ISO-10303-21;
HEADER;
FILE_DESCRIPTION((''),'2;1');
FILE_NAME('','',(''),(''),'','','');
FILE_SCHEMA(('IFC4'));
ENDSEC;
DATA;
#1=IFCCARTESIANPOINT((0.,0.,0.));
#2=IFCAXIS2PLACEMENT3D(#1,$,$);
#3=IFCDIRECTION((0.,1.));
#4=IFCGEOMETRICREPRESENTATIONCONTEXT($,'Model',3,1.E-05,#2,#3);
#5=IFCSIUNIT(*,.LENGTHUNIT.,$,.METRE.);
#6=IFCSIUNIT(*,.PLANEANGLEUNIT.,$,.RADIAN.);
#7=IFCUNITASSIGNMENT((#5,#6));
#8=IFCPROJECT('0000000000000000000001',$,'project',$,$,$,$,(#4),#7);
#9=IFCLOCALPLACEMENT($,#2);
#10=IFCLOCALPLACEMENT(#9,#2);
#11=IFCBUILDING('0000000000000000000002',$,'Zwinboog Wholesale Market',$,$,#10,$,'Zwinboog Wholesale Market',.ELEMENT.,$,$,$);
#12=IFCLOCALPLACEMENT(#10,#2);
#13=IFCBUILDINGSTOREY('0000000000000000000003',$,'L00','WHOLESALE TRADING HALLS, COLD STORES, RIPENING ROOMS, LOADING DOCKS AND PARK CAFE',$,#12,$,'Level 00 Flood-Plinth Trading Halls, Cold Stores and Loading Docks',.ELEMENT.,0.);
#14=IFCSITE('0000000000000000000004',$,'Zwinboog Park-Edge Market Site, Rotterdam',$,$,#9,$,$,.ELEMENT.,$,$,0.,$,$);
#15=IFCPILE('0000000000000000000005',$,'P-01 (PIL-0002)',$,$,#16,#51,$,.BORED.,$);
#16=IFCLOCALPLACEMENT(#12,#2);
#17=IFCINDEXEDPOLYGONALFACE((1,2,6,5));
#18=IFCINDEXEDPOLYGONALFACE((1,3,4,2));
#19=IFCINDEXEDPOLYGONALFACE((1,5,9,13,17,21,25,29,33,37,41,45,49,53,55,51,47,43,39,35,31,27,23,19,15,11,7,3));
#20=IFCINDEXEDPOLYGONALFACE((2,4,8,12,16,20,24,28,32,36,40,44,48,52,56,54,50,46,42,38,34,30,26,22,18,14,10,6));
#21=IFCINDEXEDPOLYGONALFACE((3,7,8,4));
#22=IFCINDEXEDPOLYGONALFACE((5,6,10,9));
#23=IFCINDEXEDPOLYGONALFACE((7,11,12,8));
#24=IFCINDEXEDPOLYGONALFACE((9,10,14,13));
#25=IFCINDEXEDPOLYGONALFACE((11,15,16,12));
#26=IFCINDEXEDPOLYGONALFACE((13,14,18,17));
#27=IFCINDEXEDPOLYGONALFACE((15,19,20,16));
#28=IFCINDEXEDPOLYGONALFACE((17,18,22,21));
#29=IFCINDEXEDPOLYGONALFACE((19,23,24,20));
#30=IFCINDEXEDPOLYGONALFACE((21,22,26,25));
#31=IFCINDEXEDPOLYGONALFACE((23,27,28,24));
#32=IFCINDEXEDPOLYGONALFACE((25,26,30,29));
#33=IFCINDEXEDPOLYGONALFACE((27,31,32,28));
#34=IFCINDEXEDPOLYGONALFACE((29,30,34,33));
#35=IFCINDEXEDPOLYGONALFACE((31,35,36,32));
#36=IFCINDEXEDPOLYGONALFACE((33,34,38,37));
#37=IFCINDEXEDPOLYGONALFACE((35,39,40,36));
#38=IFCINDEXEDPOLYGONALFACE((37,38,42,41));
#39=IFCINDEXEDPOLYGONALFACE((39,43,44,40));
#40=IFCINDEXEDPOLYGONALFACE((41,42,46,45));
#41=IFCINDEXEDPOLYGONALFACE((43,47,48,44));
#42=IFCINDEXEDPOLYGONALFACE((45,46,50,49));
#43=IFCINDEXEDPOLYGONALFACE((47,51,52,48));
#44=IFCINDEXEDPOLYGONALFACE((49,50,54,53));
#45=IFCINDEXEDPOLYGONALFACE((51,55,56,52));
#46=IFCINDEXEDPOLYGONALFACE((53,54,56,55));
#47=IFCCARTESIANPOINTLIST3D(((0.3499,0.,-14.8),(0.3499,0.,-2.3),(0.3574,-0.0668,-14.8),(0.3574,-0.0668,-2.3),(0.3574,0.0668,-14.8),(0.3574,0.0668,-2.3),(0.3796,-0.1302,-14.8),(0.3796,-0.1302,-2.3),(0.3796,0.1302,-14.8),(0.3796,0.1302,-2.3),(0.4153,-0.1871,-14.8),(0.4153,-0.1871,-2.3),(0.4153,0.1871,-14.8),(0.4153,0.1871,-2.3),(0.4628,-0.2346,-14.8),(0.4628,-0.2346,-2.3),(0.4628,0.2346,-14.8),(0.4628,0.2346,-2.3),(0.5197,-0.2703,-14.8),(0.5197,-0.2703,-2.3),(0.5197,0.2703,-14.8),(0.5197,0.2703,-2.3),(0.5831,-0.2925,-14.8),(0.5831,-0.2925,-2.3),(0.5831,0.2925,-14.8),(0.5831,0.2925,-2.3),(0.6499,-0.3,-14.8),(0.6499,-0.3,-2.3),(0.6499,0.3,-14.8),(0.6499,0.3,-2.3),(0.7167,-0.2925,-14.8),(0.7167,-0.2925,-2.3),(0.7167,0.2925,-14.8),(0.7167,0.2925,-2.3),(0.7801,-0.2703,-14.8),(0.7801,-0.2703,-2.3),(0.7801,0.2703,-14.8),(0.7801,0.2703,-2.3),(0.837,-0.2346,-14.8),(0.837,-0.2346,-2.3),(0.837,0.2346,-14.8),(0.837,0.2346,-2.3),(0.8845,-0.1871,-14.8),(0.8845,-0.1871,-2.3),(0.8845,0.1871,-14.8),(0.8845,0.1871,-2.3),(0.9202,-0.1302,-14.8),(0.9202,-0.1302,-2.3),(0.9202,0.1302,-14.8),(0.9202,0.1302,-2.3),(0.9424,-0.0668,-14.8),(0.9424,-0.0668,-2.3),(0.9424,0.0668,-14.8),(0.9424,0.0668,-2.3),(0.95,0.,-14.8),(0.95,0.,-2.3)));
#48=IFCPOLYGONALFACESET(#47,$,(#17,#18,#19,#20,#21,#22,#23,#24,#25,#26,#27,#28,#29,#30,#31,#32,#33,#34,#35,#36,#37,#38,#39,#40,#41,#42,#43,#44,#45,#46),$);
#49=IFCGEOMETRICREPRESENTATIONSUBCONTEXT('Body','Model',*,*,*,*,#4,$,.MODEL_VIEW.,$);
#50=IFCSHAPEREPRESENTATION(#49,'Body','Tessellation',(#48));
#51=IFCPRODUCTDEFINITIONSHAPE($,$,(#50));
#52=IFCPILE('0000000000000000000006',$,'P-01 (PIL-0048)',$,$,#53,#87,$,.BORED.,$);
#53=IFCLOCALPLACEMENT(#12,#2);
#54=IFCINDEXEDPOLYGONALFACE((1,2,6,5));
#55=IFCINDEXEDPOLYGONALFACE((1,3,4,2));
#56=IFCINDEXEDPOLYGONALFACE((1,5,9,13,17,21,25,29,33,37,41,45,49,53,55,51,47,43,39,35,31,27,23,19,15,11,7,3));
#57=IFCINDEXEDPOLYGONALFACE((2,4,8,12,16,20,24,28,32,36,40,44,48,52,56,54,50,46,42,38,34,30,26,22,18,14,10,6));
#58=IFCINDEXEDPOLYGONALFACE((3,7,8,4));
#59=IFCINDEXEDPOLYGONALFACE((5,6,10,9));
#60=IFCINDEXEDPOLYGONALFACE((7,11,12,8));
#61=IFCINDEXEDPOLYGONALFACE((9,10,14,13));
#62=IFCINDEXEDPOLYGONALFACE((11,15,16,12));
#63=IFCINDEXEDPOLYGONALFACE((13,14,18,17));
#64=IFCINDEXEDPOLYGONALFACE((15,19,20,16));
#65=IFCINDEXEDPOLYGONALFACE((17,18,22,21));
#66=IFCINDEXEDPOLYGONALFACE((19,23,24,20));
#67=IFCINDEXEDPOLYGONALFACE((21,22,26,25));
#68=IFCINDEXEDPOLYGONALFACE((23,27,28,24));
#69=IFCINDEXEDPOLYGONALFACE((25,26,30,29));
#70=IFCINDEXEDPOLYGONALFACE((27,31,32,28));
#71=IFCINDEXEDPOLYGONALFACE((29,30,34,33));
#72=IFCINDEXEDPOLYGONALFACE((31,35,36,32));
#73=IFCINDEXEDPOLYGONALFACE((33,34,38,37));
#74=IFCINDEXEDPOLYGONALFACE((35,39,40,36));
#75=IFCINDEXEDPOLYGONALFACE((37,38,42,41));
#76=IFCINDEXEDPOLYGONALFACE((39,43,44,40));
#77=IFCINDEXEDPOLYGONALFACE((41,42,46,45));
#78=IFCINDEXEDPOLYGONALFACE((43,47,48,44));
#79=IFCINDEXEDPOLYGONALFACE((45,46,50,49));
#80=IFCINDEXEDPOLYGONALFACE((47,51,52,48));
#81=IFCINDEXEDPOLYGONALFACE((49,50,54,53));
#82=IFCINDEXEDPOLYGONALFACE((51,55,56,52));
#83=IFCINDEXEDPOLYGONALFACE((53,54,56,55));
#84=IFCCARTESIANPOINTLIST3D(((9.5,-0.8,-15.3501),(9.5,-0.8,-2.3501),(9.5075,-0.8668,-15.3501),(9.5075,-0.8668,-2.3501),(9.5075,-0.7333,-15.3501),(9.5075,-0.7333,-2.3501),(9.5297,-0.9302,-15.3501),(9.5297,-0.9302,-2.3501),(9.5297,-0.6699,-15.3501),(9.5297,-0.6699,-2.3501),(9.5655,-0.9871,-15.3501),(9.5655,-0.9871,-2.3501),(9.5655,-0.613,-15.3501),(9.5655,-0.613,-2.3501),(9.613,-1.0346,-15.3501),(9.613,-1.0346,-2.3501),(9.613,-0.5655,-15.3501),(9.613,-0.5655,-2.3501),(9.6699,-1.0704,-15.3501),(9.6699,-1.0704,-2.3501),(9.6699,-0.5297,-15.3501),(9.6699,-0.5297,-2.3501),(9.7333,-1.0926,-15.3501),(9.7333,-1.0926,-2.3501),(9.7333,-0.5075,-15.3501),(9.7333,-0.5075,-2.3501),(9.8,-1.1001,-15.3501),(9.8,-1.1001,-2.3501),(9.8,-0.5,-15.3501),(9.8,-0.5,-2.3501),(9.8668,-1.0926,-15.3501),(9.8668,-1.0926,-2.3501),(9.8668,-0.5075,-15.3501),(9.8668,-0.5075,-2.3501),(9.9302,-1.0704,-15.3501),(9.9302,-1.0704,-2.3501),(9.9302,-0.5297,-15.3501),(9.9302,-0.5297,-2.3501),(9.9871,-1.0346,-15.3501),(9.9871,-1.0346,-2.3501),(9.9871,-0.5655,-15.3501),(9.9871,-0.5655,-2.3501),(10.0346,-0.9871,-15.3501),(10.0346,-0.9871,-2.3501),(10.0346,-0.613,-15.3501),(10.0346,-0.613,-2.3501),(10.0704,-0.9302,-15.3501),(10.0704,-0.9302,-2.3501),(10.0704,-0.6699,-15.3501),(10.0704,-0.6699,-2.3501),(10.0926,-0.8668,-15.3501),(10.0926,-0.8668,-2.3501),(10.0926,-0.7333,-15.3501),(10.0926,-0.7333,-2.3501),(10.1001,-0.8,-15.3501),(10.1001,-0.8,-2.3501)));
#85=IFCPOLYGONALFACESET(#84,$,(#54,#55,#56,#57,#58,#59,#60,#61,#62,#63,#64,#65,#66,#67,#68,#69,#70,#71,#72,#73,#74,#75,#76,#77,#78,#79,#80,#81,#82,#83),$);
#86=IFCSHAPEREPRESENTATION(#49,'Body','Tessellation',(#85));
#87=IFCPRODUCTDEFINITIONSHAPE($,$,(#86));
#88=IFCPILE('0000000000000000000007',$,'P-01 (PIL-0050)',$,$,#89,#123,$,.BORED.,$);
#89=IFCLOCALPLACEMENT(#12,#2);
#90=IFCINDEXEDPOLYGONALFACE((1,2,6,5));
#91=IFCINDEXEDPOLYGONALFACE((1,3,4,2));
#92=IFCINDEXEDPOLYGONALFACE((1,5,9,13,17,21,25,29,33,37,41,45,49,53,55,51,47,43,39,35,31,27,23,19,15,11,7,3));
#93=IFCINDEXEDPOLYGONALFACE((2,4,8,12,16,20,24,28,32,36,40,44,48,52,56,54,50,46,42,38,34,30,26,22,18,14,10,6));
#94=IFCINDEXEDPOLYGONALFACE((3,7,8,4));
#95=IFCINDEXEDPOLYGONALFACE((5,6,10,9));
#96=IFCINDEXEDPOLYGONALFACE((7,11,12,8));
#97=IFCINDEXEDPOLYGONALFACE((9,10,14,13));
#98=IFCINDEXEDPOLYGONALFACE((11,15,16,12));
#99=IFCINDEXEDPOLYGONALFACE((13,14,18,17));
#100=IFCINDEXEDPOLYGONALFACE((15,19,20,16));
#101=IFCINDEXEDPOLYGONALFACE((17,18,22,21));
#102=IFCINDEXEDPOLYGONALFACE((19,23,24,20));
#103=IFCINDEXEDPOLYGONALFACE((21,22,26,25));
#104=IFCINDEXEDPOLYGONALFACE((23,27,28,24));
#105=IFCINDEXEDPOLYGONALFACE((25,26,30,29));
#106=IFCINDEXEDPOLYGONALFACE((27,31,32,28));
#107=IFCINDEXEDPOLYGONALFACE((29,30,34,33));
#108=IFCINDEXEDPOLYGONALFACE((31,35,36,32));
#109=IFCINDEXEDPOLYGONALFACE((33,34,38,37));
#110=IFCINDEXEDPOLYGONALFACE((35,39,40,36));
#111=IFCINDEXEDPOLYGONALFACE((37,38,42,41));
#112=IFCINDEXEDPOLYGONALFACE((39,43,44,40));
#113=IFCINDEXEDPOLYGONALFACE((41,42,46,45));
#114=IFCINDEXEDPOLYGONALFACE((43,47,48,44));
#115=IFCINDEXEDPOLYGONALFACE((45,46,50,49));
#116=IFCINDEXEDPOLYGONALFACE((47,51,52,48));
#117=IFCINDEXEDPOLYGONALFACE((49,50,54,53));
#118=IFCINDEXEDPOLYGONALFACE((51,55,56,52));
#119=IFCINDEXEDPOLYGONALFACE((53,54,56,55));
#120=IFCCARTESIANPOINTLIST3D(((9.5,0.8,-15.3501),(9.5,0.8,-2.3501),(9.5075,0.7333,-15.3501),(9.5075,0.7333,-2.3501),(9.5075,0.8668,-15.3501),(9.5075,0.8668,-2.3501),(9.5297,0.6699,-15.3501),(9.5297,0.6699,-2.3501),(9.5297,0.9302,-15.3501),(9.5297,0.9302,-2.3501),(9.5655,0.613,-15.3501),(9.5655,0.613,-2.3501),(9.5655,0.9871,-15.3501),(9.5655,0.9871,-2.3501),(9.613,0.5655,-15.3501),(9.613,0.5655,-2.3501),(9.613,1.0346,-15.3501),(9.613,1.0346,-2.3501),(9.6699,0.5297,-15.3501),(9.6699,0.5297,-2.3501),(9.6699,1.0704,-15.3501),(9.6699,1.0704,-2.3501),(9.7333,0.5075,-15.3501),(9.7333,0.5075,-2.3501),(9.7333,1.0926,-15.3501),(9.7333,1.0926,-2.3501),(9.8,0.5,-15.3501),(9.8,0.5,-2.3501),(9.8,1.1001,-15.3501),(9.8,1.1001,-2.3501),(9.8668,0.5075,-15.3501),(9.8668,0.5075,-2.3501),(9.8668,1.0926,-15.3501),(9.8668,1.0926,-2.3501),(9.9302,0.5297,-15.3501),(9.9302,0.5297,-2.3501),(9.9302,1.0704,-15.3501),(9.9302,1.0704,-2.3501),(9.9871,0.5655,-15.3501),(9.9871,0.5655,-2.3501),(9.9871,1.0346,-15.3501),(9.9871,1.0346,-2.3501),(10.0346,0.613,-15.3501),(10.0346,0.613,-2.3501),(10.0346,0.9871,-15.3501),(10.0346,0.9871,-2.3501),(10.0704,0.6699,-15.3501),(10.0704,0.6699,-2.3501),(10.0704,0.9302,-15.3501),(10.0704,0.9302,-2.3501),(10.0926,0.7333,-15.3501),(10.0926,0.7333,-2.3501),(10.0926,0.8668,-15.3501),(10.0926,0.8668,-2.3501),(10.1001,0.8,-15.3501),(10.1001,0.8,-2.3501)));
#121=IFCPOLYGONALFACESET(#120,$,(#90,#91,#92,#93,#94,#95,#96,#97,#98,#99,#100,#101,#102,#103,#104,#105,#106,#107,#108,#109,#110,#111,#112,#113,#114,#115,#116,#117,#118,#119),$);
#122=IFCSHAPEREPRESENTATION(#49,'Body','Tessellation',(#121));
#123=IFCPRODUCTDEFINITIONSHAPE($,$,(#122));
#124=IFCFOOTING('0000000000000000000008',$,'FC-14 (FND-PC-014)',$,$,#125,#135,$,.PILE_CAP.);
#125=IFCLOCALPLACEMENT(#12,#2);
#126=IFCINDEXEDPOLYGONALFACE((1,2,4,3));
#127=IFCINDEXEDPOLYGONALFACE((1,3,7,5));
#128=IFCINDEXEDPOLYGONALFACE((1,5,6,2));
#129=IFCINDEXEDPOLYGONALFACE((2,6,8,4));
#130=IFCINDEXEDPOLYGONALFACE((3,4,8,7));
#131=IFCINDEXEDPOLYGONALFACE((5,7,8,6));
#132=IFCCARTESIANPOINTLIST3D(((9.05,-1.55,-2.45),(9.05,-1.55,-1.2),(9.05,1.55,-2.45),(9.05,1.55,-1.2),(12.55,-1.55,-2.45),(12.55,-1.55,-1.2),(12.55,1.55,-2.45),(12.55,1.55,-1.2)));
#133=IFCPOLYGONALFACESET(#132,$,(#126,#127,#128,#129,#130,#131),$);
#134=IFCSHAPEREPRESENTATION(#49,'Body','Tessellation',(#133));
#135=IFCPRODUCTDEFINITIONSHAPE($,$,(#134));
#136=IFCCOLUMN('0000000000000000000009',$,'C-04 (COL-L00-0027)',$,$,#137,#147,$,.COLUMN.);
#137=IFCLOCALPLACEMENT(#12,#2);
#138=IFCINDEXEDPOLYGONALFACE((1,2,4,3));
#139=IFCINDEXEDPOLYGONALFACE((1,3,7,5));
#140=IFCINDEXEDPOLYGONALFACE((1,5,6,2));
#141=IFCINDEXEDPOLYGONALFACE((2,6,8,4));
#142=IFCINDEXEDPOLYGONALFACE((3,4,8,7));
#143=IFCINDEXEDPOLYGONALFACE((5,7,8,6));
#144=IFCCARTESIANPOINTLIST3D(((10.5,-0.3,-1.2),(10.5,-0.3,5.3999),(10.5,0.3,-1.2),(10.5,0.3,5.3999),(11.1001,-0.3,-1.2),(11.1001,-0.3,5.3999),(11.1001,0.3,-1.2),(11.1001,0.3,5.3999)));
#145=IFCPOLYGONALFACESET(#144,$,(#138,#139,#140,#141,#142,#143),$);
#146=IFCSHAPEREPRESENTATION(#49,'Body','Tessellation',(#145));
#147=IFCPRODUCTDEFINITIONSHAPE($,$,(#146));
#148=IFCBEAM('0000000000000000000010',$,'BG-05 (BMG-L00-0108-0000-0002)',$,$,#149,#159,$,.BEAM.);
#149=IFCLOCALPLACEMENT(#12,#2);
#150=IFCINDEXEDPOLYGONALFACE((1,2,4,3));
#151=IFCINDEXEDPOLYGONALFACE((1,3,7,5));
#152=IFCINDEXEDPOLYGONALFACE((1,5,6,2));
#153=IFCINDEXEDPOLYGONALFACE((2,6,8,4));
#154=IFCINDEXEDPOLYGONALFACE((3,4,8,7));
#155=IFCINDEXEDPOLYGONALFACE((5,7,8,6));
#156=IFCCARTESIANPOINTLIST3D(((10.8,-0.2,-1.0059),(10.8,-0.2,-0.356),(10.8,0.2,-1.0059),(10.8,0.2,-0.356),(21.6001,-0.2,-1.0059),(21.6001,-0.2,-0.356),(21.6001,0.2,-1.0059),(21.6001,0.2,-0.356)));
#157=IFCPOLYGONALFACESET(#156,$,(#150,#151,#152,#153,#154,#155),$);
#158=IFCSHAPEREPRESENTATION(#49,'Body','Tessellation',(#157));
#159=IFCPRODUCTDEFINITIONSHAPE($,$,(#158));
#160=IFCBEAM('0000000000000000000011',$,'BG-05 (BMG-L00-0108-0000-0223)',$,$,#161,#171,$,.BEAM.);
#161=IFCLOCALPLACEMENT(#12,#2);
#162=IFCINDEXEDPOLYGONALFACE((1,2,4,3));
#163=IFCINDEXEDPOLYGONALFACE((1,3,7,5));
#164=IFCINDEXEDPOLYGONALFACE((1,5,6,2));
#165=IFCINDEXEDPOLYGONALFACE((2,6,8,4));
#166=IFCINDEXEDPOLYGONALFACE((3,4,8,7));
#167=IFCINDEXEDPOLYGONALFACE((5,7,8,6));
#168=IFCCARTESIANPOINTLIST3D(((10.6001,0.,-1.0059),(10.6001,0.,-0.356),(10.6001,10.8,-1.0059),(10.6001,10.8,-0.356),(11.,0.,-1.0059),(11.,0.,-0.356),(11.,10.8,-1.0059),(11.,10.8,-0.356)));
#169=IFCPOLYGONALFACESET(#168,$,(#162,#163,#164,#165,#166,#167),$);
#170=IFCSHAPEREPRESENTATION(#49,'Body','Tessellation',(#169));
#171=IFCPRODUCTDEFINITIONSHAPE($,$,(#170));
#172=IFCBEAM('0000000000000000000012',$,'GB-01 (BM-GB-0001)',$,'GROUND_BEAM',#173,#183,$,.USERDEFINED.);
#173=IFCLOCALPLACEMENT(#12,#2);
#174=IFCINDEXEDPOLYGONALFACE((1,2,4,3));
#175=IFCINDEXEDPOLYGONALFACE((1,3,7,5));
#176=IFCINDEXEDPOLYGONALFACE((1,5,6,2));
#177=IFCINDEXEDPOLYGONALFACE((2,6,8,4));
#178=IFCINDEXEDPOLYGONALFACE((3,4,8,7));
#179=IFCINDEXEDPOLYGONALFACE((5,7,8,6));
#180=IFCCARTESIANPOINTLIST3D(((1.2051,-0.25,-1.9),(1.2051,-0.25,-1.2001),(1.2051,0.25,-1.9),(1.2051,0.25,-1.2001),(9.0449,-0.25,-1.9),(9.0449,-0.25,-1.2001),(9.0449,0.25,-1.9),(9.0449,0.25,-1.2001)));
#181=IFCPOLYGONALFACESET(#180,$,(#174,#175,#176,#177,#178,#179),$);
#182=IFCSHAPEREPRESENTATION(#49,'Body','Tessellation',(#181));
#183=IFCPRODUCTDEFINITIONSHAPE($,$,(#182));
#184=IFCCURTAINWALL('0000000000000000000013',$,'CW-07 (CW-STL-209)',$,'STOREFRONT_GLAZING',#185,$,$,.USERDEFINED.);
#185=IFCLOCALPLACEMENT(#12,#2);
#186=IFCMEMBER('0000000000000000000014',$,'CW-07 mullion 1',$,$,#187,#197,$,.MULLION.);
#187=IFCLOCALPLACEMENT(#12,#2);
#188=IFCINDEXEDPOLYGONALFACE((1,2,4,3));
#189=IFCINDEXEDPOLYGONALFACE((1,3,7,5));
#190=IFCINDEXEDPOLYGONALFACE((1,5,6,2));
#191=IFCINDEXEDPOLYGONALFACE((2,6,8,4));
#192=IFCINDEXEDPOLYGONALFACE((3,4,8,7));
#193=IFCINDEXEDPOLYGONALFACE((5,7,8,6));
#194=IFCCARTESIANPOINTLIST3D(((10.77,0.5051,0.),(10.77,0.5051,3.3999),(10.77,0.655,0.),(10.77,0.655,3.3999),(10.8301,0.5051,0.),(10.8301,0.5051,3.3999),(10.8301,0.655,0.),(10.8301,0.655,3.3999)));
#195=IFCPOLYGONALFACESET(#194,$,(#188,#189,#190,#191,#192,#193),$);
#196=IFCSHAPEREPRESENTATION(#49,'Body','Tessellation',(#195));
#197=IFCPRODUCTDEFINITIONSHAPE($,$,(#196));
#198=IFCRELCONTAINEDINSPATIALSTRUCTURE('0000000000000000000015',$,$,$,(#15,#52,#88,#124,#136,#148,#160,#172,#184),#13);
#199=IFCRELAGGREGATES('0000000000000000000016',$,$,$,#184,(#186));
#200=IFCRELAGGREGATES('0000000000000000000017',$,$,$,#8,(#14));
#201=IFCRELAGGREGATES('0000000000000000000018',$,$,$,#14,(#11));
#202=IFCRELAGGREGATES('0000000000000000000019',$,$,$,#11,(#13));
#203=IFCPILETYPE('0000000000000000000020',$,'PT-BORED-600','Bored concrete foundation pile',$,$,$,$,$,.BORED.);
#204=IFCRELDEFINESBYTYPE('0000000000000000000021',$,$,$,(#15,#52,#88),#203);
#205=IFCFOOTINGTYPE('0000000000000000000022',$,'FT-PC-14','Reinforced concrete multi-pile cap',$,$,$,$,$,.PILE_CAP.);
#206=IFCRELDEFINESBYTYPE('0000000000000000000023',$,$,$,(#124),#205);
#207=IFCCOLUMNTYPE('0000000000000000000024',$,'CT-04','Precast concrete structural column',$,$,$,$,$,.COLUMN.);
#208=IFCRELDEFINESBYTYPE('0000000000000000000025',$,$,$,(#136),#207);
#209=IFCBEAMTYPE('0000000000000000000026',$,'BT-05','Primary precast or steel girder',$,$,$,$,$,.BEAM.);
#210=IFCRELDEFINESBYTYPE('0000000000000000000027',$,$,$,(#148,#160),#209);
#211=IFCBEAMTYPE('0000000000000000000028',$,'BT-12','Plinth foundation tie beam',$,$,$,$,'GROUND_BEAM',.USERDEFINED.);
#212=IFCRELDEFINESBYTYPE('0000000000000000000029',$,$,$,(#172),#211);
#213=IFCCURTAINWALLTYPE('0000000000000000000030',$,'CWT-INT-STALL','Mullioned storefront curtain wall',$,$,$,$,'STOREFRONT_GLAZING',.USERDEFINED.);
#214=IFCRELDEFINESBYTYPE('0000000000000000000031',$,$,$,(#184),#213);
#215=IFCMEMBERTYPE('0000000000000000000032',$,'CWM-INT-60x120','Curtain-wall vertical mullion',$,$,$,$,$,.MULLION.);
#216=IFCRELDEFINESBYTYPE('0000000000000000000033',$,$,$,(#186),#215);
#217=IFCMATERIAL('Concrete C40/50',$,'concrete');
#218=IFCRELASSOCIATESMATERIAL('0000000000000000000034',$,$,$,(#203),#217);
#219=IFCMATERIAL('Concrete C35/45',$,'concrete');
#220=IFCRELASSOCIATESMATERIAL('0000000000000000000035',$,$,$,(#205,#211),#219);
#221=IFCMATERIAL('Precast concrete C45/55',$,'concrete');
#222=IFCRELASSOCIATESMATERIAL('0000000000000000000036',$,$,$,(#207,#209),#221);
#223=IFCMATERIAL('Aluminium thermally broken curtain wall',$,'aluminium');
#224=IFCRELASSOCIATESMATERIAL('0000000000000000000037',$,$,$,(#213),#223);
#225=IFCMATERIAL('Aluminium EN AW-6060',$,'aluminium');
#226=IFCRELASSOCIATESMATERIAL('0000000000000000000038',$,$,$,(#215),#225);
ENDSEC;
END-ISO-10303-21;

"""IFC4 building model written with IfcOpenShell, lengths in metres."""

from ifc_helpers import new_model, si_unit, direction, frame, origin, origin_2d, place, context, subcontext, project, spatial, rectangle, circle, extrude, material, material_profile, profile_set, type_object, element, aggregate, save


model = new_model("IFC4")

# Units and contexts
model_context = context("Model", 3, precision=1e-05, world=origin(), true_north=direction((0.0, 1.0)))
body_context = subcontext(model_context, "Body", "Model", "MODEL_VIEW")
ifc_project = project(units=[si_unit("LENGTHUNIT", "METRE"), si_unit("PLANEANGLEUNIT", "RADIAN")], contexts=[model_context])

# Site, building, storey
site_placement = place(None, origin())
site = spatial("IfcSite", under=ifc_project, at=site_placement, Name="Zwinboog Park-Edge Market Site, Rotterdam", CompositionType="ELEMENT", RefElevation=0.0)
building_placement = place(site_placement, origin())
building = spatial("IfcBuilding", under=site, at=building_placement, Name="Zwinboog Wholesale Market", LongName="Zwinboog Wholesale Market", CompositionType="ELEMENT")
storey_placement = place(building_placement, origin())
storey = spatial("IfcBuildingStorey", under=building, at=storey_placement, Name="L00", Description="WHOLESALE TRADING HALLS, COLD STORES, RIPENING ROOMS, LOADING DOCKS AND PARK CAFE", LongName="Level 00 Flood-Plinth Trading Halls, Cold Stores and Loading Docks", CompositionType="ELEMENT", Elevation=0.0)

# Piles
ifc_material_1 = material(Name="Concrete C40/50", Category="concrete")
ifc_material_profile_1 = material_profile(ifc_material_1, circle(Radius=0.3, at=origin_2d()), Name="PILE D600")
ifc_profile_set_1 = profile_set([ifc_material_profile_1], Name="Concrete C40/50")
pile_type = type_object("IfcPileType", Name="PT-BORED-600", Description="Bored concrete foundation pile", PredefinedType="BORED", material=ifc_profile_set_1)
pile_placement = place(storey_placement, frame((0.6499, 0.0, -2.3), z_axis=(0.0, 0.0, -1.0), x_axis=(1.0, 0.0, 0.0)))
element("IfcPile", 1, at=pile_placement, inside=storey, type_object=pile_type, Name="P-01 (PIL-0002)", PredefinedType="BORED", context=body_context, shape_type="SweptSolid", body=[
    extrude(circle(Radius=0.3, at=origin_2d()), origin(), (0.0, 0.0, 1.0), 12.5),
])
for number, where, z_axis, x_axis, name in (
    (2, (9.8, -0.8, -2.3501), (0.0, 0.0, -1.0), (1.0, 0.0, 0.0), "P-01 (PIL-0048)"),
    (3, (9.8, 0.8, -2.3501), (0.0, 0.0, -1.0), (1.0, 0.0, 0.0), "P-01 (PIL-0050)"),
):
    element("IfcPile", number, at=place(storey_placement, frame(where, z_axis=z_axis, x_axis=x_axis)), inside=storey, type_object=pile_type, Name=name, PredefinedType="BORED", context=body_context, shape_type="SweptSolid", body=[
        extrude(circle(Radius=0.3, at=origin_2d()), origin(), (0.0, 0.0, 1.0), 13.0),
    ])

# Footing
ifc_material_2 = material(Name="Concrete C35/45", Category="concrete")
footing_type = type_object("IfcFootingType", Name="FT-PC-14", Description="Reinforced concrete multi-pile cap", PredefinedType="PILE_CAP", material=ifc_material_2)
footing_placement = place(storey_placement, frame((10.8, 0.0, -2.45), z_axis=(0.0, 0.0, 1.0), x_axis=(1.0, 0.0, 0.0)))
element("IfcFooting", 4, at=footing_placement, inside=storey, type_object=footing_type, Name="FC-14 (FND-PC-014)", PredefinedType="PILE_CAP", context=body_context, shape_type="SweptSolid", body=[
    extrude(rectangle(XDim=3.5, YDim=3.1001, at=origin_2d()), origin(), (0.0, 0.0, 1.0), 1.25),
])

# Column
ifc_material_3 = material(Name="Precast concrete C45/55", Category="concrete")
ifc_material_profile_2 = material_profile(ifc_material_3, rectangle(XDim=0.6001, YDim=0.6001, at=origin_2d()), Name="PC 600x600")
ifc_profile_set_2 = profile_set([ifc_material_profile_2], Name="Precast concrete C45/55")
column_type = type_object("IfcColumnType", Name="CT-04", Description="Precast concrete structural column", PredefinedType="COLUMN", material=ifc_profile_set_2)
column_placement = place(storey_placement, frame((10.8, 0.0, -1.2), z_axis=(0.0, 0.0, 1.0), x_axis=(1.0, 0.0, 0.0)))
element("IfcColumn", 5, at=column_placement, inside=storey, type_object=column_type, Name="C-04 (COL-L00-0027)", PredefinedType="COLUMN", context=body_context, shape_type="SweptSolid", body=[
    extrude(rectangle(XDim=0.6001, YDim=0.6001, at=origin_2d()), origin(), (0.0, 0.0, 1.0), 6.5999),
])

# Beams
ifc_material_profile_3 = material_profile(ifc_material_3, rectangle(XDim=0.3999, YDim=0.6499, at=origin_2d()), Name="PC 400x650")
ifc_profile_set_3 = profile_set([ifc_material_profile_3], Name="Precast concrete C45/55")
beam_type_1 = type_object("IfcBeamType", Name="BT-05", Description="Primary precast or steel girder", PredefinedType="BEAM", material=ifc_profile_set_3)
for number, where, z_axis, x_axis, name in (
    (6, (10.8, 0.0, -0.6809), (1.0, 0.0, 0.0), (0.0, 1.0, 0.0), "BG-05 (BMG-L00-0108-0000-0002)"),
    (7, (10.8, 0.0, -0.6809), (0.0, 1.0, 0.0), (-1.0, 0.0, 0.0), "BG-05 (BMG-L00-0108-0000-0223)"),
):
    element("IfcBeam", number, at=place(storey_placement, frame(where, z_axis=z_axis, x_axis=x_axis)), inside=storey, type_object=beam_type_1, Name=name, PredefinedType="BEAM", context=body_context, shape_type="SweptSolid", body=[
        extrude(rectangle(XDim=0.3999, YDim=0.6499, at=origin_2d()), origin(), (0.0, 0.0, 1.0), 10.8),
    ])
ifc_material_profile_4 = material_profile(ifc_material_2, rectangle(XDim=0.5, YDim=0.7, at=origin_2d()), Name="RC 500x700")
ifc_profile_set_4 = profile_set([ifc_material_profile_4], Name="Concrete C35/45")
beam_type_2 = type_object("IfcBeamType", Name="BT-12", Description="Plinth foundation tie beam", ElementType="GROUND_BEAM", PredefinedType="USERDEFINED", material=ifc_profile_set_4)
beam_placement = place(storey_placement, frame((1.2051, 0.0, -1.55), z_axis=(1.0, 0.0, 0.0), x_axis=(0.0, 1.0, 0.0)))
element("IfcBeam", 8, at=beam_placement, inside=storey, type_object=beam_type_2, Name="GB-01 (BM-GB-0001)", ObjectType="GROUND_BEAM", PredefinedType="USERDEFINED", context=body_context, shape_type="SweptSolid", body=[
    extrude(rectangle(XDim=0.5, YDim=0.7, at=origin_2d()), origin(), (0.0, 0.0, 1.0), 7.8398),
])

# Curtain wall, member
ifc_material_4 = material(Name="Aluminium thermally broken curtain wall", Category="aluminium")
curtain_wall_type = type_object("IfcCurtainWallType", Name="CWT-INT-STALL", Description="Mullioned storefront curtain wall", ElementType="STOREFRONT_GLAZING", PredefinedType="USERDEFINED", material=ifc_material_4)
curtain_wall_placement = place(storey_placement, origin())
curtain_wall = element("IfcCurtainWall", 9, at=curtain_wall_placement, inside=storey, type_object=curtain_wall_type, Name="CW-07 (CW-STL-209)", ObjectType="STOREFRONT_GLAZING", PredefinedType="USERDEFINED")
ifc_material_5 = material(Name="Aluminium EN AW-6060", Category="aluminium")
ifc_material_profile_5 = material_profile(ifc_material_5, rectangle(XDim=0.0601, YDim=0.1499, at=origin_2d()), Name="AL 60x150")
ifc_profile_set_5 = profile_set([ifc_material_profile_5], Name="Aluminium EN AW-6060")
member_type_1 = type_object("IfcMemberType", Name="CWM-INT-60x120", Description="Curtain-wall vertical mullion", PredefinedType="MULLION", material=ifc_profile_set_5)
member_1_placement = place(storey_placement, frame((10.8, 0.5801, 0.0), z_axis=(0.0, 0.0, 1.0), x_axis=(-1.0, 0.0, 0.0)))
member_1 = element("IfcMember", 10, at=member_1_placement, type_object=member_type_1, Name="CW-07 mullion 1", PredefinedType="MULLION", context=body_context, shape_type="SweptSolid", body=[
    extrude(rectangle(XDim=0.0601, YDim=0.1499, at=origin_2d()), origin(), (0.0, 0.0, 1.0), 3.3999),
])
aggregate(curtain_wall, [member_1])

save(model, "model.ifc")
